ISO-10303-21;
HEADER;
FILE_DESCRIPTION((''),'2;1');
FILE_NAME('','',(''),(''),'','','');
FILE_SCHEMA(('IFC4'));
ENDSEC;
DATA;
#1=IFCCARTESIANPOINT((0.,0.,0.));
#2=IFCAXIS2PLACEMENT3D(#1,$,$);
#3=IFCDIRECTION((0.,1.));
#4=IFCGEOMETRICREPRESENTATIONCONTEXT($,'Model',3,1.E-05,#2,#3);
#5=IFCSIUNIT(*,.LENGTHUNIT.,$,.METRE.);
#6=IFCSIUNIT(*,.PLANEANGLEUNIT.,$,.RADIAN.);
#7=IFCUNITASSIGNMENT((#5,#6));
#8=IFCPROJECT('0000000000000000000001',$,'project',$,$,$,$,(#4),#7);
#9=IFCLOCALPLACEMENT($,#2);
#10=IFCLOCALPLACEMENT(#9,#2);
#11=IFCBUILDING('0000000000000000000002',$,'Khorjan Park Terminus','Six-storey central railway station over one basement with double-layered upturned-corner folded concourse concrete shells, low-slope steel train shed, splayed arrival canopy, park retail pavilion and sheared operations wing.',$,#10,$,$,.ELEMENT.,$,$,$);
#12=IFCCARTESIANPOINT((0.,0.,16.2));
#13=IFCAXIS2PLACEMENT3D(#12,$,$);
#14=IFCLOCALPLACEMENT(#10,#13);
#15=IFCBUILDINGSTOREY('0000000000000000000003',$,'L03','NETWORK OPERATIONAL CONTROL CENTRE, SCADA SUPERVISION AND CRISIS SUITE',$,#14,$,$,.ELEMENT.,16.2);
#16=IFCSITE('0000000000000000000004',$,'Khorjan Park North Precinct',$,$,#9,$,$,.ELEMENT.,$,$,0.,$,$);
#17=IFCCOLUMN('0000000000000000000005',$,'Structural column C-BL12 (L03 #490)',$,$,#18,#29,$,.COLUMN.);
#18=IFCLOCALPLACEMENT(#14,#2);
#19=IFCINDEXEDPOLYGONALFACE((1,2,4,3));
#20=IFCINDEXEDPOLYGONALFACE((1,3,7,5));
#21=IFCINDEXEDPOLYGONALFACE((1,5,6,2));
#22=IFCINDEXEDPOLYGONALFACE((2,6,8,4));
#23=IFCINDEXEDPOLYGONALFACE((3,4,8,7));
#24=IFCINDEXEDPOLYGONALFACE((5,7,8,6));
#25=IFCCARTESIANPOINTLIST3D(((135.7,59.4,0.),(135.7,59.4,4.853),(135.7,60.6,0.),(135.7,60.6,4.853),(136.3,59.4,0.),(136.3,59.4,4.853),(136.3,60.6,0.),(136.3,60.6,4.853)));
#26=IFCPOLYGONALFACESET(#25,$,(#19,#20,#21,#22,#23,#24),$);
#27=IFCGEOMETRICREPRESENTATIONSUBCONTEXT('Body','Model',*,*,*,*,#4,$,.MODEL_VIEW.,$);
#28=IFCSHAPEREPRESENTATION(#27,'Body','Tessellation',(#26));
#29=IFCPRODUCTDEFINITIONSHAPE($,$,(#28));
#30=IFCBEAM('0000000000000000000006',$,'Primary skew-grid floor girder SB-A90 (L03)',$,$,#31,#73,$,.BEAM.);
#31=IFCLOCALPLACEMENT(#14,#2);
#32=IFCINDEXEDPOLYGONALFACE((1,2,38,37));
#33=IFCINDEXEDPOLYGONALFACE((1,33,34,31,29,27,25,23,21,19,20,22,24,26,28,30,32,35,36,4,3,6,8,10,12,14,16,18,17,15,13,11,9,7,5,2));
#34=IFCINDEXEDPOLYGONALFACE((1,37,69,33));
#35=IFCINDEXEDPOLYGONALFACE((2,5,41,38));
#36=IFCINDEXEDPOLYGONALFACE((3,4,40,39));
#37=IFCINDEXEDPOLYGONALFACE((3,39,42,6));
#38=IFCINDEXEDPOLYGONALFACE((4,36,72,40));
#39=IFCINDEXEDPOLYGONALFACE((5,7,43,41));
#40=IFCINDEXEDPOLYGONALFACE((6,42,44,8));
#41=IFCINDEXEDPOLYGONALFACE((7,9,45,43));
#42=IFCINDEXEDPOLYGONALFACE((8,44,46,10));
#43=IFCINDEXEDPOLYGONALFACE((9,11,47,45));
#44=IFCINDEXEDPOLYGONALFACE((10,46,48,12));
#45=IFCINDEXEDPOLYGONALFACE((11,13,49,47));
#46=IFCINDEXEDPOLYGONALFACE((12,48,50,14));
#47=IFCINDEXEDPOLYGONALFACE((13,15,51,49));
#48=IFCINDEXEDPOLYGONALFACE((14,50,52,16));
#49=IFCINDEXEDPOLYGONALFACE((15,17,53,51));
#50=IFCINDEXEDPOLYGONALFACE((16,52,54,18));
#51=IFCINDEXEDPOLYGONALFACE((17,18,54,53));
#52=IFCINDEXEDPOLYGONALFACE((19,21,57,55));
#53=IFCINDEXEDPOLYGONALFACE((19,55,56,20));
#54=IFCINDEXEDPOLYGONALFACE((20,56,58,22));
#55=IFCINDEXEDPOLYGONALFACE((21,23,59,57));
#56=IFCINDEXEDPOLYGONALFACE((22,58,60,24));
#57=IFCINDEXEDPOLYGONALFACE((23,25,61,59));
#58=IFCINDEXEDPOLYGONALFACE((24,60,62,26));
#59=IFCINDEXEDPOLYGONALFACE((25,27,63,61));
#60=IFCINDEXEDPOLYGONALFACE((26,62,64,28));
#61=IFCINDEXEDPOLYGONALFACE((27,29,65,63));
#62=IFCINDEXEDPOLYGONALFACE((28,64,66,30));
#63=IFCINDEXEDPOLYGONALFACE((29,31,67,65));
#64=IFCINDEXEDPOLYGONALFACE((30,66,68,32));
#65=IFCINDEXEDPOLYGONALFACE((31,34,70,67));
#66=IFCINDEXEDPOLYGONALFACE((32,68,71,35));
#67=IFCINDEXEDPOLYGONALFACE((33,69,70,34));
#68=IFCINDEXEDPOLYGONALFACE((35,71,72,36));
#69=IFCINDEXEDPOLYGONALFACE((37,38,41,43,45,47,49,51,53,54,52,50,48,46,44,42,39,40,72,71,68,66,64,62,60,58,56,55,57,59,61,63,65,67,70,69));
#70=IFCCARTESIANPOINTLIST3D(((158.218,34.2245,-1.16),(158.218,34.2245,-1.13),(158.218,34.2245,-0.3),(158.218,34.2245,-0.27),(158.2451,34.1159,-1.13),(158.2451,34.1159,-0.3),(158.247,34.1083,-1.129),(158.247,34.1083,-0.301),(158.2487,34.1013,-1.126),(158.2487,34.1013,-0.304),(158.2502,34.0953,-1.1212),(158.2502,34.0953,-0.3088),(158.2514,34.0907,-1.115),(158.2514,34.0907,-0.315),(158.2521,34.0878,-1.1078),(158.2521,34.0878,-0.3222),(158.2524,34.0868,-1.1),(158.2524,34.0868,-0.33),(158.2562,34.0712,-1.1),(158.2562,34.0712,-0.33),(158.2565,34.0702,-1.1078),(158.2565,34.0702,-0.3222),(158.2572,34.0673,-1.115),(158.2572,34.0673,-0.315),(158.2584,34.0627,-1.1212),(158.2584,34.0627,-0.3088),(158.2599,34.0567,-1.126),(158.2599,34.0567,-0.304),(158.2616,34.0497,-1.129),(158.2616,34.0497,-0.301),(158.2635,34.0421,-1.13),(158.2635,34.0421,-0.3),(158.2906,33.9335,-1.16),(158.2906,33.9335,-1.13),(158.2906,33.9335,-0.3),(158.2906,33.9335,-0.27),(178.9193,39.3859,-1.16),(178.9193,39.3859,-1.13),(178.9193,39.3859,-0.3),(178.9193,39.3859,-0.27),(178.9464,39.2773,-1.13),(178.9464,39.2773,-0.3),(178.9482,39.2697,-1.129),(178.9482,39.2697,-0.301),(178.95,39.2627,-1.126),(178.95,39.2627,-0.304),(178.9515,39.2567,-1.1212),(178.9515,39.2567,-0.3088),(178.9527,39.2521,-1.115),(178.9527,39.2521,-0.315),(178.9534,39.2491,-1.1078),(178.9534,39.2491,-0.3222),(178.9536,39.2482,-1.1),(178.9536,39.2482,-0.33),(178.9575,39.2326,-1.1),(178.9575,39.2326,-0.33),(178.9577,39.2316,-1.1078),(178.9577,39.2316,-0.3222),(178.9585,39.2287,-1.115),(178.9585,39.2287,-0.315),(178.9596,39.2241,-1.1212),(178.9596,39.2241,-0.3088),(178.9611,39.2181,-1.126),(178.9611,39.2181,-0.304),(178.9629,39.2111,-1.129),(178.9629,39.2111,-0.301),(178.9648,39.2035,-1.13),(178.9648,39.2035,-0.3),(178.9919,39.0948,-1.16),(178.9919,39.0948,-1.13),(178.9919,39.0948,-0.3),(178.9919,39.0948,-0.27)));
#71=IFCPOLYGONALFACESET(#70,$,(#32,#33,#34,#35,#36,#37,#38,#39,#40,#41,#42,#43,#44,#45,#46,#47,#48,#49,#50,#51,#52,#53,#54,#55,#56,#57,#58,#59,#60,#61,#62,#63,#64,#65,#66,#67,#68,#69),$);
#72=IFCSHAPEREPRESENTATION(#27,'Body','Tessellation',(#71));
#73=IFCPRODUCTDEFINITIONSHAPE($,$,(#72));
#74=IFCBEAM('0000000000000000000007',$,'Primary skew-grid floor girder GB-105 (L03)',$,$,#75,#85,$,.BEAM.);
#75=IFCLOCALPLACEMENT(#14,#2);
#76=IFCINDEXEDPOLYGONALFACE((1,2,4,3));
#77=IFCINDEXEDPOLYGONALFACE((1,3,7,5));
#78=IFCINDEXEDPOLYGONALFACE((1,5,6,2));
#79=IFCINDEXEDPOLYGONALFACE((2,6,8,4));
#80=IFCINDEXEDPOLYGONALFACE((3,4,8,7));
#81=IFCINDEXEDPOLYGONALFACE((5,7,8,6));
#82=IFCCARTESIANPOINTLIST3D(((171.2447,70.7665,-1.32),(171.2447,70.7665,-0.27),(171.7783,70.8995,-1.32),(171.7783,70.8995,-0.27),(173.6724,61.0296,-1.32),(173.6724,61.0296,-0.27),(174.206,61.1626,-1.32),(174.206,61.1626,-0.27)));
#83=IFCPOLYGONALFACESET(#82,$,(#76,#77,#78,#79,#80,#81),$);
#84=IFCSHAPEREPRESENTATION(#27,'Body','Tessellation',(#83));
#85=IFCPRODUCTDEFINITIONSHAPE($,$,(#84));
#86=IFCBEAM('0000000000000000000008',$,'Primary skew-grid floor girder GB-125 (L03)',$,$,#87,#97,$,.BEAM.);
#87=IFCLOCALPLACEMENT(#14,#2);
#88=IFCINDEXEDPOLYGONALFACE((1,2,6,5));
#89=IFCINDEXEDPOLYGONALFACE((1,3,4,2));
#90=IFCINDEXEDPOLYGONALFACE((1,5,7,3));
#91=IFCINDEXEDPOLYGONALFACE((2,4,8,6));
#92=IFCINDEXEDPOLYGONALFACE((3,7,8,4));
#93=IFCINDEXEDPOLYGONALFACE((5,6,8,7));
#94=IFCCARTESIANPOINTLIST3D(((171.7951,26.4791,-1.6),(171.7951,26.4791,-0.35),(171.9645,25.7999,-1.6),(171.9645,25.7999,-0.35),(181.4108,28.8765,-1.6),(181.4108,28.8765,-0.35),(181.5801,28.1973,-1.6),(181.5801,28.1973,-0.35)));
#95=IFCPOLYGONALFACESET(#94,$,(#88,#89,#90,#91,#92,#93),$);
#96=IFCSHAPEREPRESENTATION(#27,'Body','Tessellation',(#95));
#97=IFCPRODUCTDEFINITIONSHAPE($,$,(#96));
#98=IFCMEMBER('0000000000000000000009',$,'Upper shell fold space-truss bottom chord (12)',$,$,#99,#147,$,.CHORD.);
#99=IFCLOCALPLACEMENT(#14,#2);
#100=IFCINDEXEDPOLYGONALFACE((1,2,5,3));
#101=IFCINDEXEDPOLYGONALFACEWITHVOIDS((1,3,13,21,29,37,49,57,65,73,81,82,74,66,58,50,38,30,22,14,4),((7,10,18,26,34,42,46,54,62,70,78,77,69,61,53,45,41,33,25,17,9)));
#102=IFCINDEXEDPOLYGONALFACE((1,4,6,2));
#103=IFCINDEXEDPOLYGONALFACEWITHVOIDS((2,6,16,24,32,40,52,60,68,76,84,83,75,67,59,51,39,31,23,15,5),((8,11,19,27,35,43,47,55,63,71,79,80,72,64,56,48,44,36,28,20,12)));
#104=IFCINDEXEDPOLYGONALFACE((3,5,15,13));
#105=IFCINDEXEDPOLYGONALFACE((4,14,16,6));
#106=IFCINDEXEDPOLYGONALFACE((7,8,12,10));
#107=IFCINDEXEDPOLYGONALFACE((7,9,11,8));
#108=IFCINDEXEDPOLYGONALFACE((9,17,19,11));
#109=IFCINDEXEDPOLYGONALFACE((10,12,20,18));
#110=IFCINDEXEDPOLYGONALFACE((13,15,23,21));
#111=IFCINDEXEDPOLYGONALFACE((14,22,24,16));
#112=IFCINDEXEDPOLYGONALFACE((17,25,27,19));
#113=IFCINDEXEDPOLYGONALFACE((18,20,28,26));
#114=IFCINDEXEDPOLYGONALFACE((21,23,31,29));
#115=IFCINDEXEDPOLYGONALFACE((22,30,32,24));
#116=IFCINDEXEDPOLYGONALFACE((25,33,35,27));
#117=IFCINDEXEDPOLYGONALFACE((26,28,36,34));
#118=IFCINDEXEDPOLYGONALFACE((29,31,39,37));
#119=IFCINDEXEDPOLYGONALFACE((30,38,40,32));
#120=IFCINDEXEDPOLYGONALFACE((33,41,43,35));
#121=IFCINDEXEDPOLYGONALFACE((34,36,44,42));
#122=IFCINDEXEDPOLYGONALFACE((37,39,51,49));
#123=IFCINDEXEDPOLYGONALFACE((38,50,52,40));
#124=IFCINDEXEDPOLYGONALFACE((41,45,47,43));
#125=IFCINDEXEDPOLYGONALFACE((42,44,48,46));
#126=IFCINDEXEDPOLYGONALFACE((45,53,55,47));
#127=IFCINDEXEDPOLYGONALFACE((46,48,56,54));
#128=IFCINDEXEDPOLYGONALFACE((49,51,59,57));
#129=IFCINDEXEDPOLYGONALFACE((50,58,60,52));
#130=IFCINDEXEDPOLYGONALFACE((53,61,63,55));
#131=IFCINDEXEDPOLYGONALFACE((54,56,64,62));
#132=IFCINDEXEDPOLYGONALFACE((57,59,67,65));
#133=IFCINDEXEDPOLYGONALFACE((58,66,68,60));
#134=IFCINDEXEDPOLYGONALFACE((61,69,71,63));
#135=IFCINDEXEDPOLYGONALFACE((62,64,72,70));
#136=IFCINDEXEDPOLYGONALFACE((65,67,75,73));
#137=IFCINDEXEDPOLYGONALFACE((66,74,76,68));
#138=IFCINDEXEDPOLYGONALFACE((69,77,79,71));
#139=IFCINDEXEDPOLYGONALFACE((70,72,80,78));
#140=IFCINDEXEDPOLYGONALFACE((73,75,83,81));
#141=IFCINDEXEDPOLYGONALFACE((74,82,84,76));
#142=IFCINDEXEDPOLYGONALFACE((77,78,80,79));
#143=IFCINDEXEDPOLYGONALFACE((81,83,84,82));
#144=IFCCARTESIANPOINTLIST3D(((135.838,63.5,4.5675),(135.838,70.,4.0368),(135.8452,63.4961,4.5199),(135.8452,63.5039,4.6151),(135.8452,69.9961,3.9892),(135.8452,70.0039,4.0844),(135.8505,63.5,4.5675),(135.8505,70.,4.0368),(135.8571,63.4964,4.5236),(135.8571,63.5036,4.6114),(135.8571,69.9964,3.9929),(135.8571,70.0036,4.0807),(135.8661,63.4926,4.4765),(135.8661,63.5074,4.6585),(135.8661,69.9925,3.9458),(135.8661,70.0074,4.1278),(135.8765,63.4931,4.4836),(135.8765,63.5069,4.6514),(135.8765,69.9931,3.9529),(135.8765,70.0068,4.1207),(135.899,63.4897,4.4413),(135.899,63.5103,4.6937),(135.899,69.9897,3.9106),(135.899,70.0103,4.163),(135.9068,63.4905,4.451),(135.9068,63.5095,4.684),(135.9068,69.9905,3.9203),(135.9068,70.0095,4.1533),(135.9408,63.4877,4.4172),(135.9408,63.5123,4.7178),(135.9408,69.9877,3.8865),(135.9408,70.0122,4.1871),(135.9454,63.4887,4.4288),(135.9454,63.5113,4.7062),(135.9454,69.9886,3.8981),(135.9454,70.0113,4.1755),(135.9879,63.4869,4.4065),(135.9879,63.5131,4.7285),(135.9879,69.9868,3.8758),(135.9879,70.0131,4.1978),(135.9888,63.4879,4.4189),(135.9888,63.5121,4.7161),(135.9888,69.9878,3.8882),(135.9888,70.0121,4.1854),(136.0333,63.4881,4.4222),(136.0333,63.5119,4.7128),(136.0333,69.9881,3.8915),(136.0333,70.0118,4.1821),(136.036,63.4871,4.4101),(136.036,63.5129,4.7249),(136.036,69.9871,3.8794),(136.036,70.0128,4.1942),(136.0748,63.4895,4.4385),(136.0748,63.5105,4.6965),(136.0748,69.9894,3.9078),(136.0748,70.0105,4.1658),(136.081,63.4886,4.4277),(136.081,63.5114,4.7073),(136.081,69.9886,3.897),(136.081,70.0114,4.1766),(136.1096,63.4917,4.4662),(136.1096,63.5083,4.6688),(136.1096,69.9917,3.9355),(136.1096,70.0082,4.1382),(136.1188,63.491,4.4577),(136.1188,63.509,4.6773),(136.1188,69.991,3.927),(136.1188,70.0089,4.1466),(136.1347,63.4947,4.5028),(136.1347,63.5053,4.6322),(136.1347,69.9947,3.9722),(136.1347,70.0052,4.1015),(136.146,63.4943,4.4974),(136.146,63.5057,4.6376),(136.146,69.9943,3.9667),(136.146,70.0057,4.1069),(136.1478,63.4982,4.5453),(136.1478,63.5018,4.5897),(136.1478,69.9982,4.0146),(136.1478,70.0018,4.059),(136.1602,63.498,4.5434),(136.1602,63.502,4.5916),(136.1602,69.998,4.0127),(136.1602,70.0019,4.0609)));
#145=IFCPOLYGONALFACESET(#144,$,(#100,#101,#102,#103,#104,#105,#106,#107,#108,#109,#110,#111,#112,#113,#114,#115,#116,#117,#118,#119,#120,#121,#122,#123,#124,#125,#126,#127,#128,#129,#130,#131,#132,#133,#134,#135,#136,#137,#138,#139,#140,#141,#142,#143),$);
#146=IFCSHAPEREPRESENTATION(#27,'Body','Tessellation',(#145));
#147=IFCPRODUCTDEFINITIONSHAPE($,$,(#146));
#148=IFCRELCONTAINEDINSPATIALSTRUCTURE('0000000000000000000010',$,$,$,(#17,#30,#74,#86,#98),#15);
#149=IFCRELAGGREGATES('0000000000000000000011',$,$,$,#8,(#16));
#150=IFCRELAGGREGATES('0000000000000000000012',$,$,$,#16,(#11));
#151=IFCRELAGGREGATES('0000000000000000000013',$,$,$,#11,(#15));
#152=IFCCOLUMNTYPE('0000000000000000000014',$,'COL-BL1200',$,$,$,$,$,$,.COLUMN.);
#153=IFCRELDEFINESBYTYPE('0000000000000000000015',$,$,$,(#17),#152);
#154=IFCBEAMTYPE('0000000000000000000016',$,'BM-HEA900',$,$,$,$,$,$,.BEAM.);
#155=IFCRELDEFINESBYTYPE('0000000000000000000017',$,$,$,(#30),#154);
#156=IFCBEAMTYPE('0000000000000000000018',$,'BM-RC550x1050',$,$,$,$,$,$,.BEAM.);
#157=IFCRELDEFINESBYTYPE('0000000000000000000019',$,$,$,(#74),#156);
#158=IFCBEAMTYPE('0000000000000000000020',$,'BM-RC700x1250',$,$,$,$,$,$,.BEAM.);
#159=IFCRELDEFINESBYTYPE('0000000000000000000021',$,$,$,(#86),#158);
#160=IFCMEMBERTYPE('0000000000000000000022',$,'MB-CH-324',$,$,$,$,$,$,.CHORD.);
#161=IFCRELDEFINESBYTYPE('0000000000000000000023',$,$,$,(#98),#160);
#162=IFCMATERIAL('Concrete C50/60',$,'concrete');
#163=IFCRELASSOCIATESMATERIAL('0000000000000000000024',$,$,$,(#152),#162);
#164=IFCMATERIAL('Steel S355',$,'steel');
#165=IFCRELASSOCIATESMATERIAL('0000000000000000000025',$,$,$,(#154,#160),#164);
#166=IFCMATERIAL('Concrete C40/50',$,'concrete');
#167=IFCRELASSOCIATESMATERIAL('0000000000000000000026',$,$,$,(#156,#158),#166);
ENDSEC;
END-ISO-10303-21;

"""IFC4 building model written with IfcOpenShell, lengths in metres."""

from ifc_helpers import new_model, si_unit, direction, frame, origin, origin_2d, place, context, subcontext, project, spatial, rectangle, hollow_circle, i_section, extrude, material, material_profile, profile_set, type_object, element, save


model = new_model("IFC4")

# Units and contexts
model_context = context("Model", 3, precision=1e-05, world=origin(), true_north=direction((0.0, 1.0)))
body_context = subcontext(model_context, "Body", "Model", "MODEL_VIEW")
ifc_project = project(units=[si_unit("LENGTHUNIT", "METRE"), si_unit("PLANEANGLEUNIT", "RADIAN")], contexts=[model_context])

# Site, building, storey
site_placement = place(None, origin())
site = spatial("IfcSite", under=ifc_project, at=site_placement, Name="Khorjan Park North Precinct", CompositionType="ELEMENT", RefElevation=0.0)
building_placement = place(site_placement, origin())
building = spatial("IfcBuilding", under=site, at=building_placement, Name="Khorjan Park Terminus", Description="Six-storey central railway station over one basement with double-layered upturned-corner folded concourse concrete shells, low-slope steel train shed, splayed arrival canopy, park retail pavilion and sheared operations wing.", CompositionType="ELEMENT")
storey_placement = place(building_placement, frame((0.0, 0.0, 16.2)))
storey = spatial("IfcBuildingStorey", under=building, at=storey_placement, Name="L03", Description="NETWORK OPERATIONAL CONTROL CENTRE, SCADA SUPERVISION AND CRISIS SUITE", CompositionType="ELEMENT", Elevation=16.2)

# Column
ifc_material_1 = material(Name="Concrete C50/60", Category="concrete")
ifc_material_profile_1 = material_profile(ifc_material_1, rectangle(XDim=0.6, YDim=1.2, at=origin_2d()), Name="RC 600x1200")
ifc_profile_set_1 = profile_set([ifc_material_profile_1], Name="Concrete C50/60")
column_type = type_object("IfcColumnType", Name="COL-BL1200", PredefinedType="COLUMN", material=ifc_profile_set_1)
column_placement = place(storey_placement, frame((136.0, 60.0, 0.0), z_axis=(0.0, 0.0, 1.0), x_axis=(1.0, 0.0, 0.0)))
element("IfcColumn", 1, at=column_placement, inside=storey, type_object=column_type, Name="Structural column C-BL12 (L03 #490)", PredefinedType="COLUMN", context=body_context, shape_type="SweptSolid", body=[
    extrude(rectangle(XDim=0.6, YDim=1.2, at=origin_2d()), origin(), (0.0, 0.0, 1.0), 4.853),
])

# Beams
ifc_material_2 = material(Name="Steel S355", Category="steel")
ifc_material_profile_2 = material_profile(ifc_material_2, i_section(OverallWidth=0.3, OverallDepth=0.89, WebThickness=0.016, FlangeThickness=0.03, FilletRadius=0.03, at=origin_2d()), Name="HEA 900")
ifc_profile_set_2 = profile_set([ifc_material_profile_2], Name="Steel S355")
beam_type_1 = type_object("IfcBeamType", Name="BM-HEA900", PredefinedType="BEAM", material=ifc_profile_set_2)
beam_1_placement = place(storey_placement, frame((158.2543, 34.079, -0.715), z_axis=(0.970296, 0.241921, 0.0), x_axis=(-0.241921, 0.970296, 0.0)))
element("IfcBeam", 2, at=beam_1_placement, inside=storey, type_object=beam_type_1, Name="Primary skew-grid floor girder SB-A90 (L03)", PredefinedType="BEAM", context=body_context, shape_type="SweptSolid", body=[
    extrude(i_section(OverallWidth=0.3, OverallDepth=0.89, WebThickness=0.016, FlangeThickness=0.03, FilletRadius=0.03, at=origin_2d()), origin(), (0.0, 0.0, 1.0), 21.335),
])
ifc_material_3 = material(Name="Concrete C40/50", Category="concrete")
ifc_material_profile_3 = material_profile(ifc_material_3, rectangle(XDim=0.55, YDim=1.05, at=origin_2d()), Name="RC 550x1050")
ifc_profile_set_3 = profile_set([ifc_material_profile_3], Name="Concrete C40/50")
beam_type_2 = type_object("IfcBeamType", Name="BM-RC550x1050", PredefinedType="BEAM", material=ifc_profile_set_3)
beam_2_placement = place(storey_placement, frame((173.9392, 61.0961, -0.795), z_axis=(-0.241924, 0.970295, 0.0), x_axis=(-0.970295, -0.241924, 0.0)))
element("IfcBeam", 3, at=beam_2_placement, inside=storey, type_object=beam_type_2, Name="Primary skew-grid floor girder GB-105 (L03)", PredefinedType="BEAM", context=body_context, shape_type="SweptSolid", body=[
    extrude(rectangle(XDim=0.55, YDim=1.05, at=origin_2d()), origin(), (0.0, 0.0, 1.0), 10.035),
])
ifc_material_profile_4 = material_profile(ifc_material_3, rectangle(XDim=0.7, YDim=1.25, at=origin_2d()), Name="RC 700x1250")
ifc_profile_set_4 = profile_set([ifc_material_profile_4], Name="Concrete C40/50")
beam_type_3 = type_object("IfcBeamType", Name="BM-RC700x1250", PredefinedType="BEAM", material=ifc_profile_set_4)
beam_3_placement = place(storey_placement, frame((171.8798, 26.1395, -0.975), z_axis=(0.970297, 0.241918, 0.0), x_axis=(-0.241918, 0.970297, 0.0)))
element("IfcBeam", 4, at=beam_3_placement, inside=storey, type_object=beam_type_3, Name="Primary skew-grid floor girder GB-125 (L03)", PredefinedType="BEAM", context=body_context, shape_type="SweptSolid", body=[
    extrude(rectangle(XDim=0.7, YDim=1.25, at=origin_2d()), origin(), (0.0, 0.0, 1.0), 9.91),
])

# Member
ifc_material_profile_5 = material_profile(ifc_material_2, hollow_circle(Radius=0.162, WallThickness=0.0125, at=origin_2d()), Name="CHS 323.9x12.5")
ifc_profile_set_5 = profile_set([ifc_material_profile_5], Name="Steel S355")
member_type_1 = type_object("IfcMemberType", Name="MB-CH-324", PredefinedType="CHORD", material=ifc_profile_set_5)
member_1_placement = place(storey_placement, frame((136.0, 63.5, 4.5675), z_axis=(0.0, 0.996684, -0.081375), x_axis=(-1.0, 0.0, 0.0)))
element("IfcMember", 5, at=member_1_placement, inside=storey, type_object=member_type_1, Name="Upper shell fold space-truss bottom chord (12)", PredefinedType="CHORD", context=body_context, shape_type="SweptSolid", body=[
    extrude(hollow_circle(Radius=0.162, WallThickness=0.0125, at=origin_2d()), origin(), (0.0, 0.0, 1.0), 6.5216),
])

save(model, "model.ifc")
